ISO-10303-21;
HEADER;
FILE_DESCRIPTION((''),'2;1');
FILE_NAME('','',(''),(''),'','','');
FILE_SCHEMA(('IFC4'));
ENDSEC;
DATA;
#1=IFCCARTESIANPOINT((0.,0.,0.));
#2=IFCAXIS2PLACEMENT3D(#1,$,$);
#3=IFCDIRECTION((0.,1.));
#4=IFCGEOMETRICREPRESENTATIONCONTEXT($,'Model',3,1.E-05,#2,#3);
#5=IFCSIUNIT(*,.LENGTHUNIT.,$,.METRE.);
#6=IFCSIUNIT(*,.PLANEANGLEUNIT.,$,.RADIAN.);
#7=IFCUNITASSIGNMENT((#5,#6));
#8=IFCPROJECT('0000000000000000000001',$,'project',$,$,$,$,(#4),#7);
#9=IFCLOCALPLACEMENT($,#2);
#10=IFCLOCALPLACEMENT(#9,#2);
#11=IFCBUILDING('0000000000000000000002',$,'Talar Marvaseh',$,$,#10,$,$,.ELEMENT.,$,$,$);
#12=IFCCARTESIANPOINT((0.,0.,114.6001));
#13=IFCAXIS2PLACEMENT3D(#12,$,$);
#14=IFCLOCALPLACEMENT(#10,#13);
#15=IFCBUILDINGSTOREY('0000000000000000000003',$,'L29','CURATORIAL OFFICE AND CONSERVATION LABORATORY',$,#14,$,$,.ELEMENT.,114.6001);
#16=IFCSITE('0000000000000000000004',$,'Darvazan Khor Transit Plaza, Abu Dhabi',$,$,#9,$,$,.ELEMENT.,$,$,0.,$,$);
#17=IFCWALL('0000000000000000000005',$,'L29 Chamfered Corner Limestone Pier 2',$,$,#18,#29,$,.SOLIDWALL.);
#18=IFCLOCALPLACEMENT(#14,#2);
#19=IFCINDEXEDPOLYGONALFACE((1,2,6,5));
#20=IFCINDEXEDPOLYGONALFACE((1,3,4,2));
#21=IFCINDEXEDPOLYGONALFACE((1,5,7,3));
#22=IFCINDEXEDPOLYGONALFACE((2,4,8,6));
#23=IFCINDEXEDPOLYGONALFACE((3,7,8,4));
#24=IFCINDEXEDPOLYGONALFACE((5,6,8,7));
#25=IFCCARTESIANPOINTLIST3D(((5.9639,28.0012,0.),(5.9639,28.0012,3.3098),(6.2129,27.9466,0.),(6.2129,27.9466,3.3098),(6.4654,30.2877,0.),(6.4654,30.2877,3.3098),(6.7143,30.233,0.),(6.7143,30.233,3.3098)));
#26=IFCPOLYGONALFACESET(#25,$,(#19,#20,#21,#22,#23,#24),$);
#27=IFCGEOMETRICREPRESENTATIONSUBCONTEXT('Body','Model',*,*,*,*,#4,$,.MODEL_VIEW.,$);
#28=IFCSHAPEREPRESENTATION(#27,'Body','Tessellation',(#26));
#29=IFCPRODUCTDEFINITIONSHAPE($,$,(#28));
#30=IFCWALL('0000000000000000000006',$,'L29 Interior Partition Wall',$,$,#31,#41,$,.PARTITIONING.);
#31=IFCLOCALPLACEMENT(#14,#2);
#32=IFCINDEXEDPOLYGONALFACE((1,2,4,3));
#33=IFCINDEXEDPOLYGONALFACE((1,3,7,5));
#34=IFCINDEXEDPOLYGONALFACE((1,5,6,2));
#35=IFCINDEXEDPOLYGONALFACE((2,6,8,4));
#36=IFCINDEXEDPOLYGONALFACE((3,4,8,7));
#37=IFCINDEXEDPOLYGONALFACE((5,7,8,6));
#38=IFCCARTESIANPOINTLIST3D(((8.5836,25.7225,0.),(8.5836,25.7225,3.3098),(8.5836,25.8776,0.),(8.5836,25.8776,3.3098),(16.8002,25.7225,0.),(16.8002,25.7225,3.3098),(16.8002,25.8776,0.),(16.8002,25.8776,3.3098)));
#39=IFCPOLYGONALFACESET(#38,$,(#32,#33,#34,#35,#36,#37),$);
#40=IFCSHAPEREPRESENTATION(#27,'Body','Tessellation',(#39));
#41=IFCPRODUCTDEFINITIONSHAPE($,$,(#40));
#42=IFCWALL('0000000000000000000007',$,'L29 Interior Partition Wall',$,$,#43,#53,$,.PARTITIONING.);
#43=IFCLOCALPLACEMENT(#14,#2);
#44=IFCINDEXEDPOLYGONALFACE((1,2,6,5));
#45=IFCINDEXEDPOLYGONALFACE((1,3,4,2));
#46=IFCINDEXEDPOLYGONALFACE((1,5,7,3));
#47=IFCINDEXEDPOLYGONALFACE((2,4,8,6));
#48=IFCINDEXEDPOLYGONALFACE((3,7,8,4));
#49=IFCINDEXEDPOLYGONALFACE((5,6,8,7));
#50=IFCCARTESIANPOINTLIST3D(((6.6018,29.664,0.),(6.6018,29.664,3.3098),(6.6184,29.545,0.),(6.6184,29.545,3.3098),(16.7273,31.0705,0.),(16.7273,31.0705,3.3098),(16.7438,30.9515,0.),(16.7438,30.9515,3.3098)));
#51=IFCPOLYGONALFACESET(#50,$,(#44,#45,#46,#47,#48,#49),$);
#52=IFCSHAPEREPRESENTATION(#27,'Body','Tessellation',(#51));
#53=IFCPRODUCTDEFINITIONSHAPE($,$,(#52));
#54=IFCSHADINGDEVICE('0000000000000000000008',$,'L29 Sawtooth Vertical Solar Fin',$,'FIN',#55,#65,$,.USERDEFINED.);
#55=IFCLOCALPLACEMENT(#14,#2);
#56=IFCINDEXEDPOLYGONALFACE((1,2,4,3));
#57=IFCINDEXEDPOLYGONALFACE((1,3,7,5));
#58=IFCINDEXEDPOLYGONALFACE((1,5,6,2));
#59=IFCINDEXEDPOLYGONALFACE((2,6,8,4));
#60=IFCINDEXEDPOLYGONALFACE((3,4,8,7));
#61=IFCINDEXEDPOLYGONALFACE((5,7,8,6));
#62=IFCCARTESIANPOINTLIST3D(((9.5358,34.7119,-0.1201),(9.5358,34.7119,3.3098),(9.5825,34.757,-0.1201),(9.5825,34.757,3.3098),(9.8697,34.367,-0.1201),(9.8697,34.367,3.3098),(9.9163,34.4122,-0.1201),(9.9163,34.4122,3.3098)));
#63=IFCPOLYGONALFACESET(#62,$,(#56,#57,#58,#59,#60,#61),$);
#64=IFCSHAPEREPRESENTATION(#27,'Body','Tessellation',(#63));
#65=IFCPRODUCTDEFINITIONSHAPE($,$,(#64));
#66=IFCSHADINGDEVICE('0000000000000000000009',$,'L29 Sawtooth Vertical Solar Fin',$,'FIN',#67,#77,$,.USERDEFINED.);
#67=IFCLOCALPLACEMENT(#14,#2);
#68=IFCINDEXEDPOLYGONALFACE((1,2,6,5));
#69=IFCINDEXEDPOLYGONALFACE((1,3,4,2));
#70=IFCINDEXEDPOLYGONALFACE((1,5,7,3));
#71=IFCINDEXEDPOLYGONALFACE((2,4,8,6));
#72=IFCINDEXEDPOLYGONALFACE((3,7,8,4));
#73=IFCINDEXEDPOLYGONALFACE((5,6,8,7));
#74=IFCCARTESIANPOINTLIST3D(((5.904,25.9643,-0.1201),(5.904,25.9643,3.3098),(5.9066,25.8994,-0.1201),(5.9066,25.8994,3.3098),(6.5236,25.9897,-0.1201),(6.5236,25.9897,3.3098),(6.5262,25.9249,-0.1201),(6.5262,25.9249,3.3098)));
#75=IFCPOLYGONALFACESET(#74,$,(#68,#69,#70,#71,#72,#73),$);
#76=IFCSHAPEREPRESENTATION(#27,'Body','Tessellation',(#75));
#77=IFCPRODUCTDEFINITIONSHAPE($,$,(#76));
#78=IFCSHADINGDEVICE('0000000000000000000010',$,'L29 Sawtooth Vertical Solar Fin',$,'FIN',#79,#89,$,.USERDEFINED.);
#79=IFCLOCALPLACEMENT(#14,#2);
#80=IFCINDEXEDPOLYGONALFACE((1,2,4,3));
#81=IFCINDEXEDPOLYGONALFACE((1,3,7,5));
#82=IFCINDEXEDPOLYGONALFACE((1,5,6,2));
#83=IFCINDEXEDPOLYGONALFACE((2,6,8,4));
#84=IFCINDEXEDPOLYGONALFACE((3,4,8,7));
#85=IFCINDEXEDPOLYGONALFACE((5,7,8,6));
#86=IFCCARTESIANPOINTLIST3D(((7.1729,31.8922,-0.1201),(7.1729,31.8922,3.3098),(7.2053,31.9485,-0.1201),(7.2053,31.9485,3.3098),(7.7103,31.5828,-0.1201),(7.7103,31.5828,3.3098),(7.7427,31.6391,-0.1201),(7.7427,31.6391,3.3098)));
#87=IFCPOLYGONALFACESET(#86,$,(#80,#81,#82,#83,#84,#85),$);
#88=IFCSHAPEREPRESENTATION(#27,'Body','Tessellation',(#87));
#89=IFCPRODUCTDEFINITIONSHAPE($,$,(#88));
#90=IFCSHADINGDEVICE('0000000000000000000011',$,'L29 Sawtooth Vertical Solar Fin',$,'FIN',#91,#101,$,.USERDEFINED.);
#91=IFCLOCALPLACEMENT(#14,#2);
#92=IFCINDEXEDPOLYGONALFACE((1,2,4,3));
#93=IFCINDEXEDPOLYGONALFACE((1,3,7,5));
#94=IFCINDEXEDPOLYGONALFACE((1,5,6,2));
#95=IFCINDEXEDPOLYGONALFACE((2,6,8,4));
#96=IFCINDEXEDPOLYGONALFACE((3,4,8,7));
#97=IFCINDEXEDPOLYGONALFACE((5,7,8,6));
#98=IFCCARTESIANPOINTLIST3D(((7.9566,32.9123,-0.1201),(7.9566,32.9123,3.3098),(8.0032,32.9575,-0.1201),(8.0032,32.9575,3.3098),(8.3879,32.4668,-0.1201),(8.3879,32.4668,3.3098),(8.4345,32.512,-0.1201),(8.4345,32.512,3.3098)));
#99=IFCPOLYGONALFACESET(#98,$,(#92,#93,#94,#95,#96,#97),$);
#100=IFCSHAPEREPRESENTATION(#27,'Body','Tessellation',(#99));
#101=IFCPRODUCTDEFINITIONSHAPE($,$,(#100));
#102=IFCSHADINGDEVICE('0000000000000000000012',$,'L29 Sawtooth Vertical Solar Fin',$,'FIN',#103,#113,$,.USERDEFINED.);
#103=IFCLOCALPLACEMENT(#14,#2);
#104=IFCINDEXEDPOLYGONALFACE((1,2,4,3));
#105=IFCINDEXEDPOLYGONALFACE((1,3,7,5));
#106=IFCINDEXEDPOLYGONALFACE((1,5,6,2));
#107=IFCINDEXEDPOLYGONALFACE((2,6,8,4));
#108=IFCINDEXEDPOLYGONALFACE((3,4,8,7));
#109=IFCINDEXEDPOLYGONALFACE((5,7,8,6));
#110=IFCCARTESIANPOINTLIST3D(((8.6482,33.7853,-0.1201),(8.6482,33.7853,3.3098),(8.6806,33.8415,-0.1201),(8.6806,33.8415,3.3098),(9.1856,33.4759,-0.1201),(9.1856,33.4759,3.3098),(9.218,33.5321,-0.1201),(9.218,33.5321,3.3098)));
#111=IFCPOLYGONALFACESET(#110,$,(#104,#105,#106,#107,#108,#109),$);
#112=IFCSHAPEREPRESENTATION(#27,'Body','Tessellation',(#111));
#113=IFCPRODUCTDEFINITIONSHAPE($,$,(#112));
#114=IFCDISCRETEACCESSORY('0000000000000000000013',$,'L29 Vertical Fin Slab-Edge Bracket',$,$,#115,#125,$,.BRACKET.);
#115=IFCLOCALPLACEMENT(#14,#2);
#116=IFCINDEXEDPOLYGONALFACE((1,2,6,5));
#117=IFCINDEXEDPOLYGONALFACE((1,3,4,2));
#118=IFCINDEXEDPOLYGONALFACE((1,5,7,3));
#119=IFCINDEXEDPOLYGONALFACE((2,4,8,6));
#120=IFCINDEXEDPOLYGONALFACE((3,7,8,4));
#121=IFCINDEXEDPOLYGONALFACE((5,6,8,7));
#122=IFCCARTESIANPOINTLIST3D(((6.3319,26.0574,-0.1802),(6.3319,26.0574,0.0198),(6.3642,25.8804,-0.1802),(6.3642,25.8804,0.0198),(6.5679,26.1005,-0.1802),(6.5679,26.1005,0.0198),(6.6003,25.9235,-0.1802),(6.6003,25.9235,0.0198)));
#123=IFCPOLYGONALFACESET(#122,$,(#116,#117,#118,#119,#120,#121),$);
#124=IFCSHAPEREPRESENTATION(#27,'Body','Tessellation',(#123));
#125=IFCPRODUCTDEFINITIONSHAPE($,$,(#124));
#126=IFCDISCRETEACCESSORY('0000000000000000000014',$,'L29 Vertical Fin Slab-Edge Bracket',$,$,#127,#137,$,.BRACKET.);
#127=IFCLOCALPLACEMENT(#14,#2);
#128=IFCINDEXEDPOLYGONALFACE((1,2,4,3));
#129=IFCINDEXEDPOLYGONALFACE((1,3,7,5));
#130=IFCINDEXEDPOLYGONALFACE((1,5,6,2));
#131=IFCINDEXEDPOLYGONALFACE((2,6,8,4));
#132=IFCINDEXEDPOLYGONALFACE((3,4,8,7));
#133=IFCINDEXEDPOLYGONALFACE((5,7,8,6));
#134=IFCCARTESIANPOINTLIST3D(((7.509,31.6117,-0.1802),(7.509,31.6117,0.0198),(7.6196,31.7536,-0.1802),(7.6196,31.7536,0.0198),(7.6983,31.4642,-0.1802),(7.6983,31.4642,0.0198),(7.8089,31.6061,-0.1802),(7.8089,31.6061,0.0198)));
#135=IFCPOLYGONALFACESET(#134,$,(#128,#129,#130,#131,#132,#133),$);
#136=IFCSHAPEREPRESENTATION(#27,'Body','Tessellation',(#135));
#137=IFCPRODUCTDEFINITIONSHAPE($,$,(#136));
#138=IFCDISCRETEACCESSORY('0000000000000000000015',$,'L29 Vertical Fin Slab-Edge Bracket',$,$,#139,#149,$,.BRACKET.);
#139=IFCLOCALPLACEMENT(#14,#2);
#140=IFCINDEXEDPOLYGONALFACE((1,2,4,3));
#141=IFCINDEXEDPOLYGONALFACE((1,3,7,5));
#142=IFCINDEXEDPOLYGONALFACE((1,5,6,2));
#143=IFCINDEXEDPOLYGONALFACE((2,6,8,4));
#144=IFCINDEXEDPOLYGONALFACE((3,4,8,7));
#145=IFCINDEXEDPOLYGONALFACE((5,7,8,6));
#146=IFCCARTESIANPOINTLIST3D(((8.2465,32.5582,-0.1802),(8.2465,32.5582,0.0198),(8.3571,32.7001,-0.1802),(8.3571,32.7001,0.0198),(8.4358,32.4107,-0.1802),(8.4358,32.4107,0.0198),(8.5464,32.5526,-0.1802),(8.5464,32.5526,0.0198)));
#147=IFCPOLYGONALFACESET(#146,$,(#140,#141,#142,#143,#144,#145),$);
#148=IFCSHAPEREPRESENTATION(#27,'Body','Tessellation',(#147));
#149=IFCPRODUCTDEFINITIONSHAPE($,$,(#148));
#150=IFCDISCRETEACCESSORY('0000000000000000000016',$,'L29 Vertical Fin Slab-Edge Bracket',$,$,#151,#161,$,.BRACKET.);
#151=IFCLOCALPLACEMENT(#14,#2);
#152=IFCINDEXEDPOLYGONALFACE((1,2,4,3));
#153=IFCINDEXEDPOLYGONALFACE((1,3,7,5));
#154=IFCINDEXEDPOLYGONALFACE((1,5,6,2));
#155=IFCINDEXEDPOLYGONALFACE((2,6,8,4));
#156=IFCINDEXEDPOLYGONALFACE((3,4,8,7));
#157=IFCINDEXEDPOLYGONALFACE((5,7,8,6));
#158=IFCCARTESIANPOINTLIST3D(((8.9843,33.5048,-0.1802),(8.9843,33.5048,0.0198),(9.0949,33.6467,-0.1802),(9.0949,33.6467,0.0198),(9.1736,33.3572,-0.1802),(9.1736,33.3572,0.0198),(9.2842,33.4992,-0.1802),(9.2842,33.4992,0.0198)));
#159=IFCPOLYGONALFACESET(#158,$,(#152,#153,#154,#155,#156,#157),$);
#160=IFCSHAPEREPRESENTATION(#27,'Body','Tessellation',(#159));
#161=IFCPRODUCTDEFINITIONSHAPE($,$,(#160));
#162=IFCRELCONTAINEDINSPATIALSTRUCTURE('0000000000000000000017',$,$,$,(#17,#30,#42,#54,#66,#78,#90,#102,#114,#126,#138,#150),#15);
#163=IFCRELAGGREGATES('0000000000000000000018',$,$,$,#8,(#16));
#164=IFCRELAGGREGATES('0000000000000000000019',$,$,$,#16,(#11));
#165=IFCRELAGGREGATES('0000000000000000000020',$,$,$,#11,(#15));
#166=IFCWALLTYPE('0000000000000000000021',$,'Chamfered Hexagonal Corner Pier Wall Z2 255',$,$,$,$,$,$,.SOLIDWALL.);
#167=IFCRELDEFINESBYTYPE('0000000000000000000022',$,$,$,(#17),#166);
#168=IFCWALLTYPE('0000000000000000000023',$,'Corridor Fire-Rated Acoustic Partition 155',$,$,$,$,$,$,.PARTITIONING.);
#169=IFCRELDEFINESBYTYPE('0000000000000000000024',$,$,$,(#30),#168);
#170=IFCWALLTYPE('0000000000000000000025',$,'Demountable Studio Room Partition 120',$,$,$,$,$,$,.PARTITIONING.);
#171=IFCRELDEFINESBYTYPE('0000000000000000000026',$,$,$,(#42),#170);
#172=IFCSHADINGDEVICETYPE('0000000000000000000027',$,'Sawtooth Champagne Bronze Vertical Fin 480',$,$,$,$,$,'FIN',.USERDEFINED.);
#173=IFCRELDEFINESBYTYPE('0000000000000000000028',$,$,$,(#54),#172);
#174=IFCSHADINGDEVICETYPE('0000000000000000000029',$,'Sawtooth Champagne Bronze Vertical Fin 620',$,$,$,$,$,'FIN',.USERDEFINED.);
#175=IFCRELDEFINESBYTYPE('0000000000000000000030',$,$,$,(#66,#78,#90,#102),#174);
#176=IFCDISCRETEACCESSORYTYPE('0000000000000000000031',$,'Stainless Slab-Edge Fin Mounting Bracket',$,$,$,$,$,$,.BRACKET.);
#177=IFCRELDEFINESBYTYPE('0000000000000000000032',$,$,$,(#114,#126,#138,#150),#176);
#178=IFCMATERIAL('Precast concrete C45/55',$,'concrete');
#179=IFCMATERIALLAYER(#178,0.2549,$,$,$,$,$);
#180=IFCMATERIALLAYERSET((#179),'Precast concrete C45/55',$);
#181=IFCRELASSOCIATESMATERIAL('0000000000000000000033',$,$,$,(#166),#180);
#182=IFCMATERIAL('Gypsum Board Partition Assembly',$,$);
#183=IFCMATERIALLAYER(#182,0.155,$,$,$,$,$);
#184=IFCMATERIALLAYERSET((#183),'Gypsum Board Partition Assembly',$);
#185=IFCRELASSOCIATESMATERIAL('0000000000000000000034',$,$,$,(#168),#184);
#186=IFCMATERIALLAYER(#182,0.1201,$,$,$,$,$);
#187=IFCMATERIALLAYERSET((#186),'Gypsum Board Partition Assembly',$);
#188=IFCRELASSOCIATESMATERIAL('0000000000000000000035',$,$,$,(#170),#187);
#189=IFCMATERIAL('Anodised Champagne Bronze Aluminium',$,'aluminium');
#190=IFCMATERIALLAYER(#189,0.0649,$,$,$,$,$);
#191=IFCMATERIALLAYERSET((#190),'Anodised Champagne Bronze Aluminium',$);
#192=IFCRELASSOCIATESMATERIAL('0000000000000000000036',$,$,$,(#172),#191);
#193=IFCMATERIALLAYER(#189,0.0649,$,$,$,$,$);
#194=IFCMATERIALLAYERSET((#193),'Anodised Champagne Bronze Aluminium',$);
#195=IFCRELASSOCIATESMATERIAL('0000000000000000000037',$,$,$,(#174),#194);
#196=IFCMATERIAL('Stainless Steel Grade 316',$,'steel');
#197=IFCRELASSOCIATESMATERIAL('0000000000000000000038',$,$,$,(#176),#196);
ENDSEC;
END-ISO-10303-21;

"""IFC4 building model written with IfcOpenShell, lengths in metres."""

from ifc_helpers import new_model, si_unit, direction, frame, frame_2d, origin, origin_2d, place, context, subcontext, project, spatial, rectangle, extrude, source, transform, mapped, material, layer, layer_set, type_object, type_shapes, element, save


model = new_model("IFC4")

# Units and contexts
model_context = context("Model", 3, precision=1e-05, world=origin(), true_north=direction((0.0, 1.0)))
body_context = subcontext(model_context, "Body", "Model", "MODEL_VIEW")
ifc_project = project(units=[si_unit("LENGTHUNIT", "METRE"), si_unit("PLANEANGLEUNIT", "RADIAN")], contexts=[model_context])

# Site, building, storey
site_placement = place(None, origin())
site = spatial("IfcSite", under=ifc_project, at=site_placement, Name="Darvazan Khor Transit Plaza, Abu Dhabi", CompositionType="ELEMENT", RefElevation=0.0)
building_placement = place(site_placement, origin())
building = spatial("IfcBuilding", under=site, at=building_placement, Name="Talar Marvaseh", CompositionType="ELEMENT")
storey_placement = place(building_placement, frame((0.0, 0.0, 114.6001)))
storey = spatial("IfcBuildingStorey", under=building, at=storey_placement, Name="L29", Description="CURATORIAL OFFICE AND CONSERVATION LABORATORY", CompositionType="ELEMENT", Elevation=114.6001)

# Walls
ifc_material_1 = material(Name="Precast concrete C45/55", Category="concrete")
ifc_layer_1 = layer(ifc_material_1, 0.2549)
ifc_layer_set_1 = layer_set([ifc_layer_1], Name="Precast concrete C45/55")
wall_type_1 = type_object("IfcWallType", Name="Chamfered Hexagonal Corner Pier Wall Z2 255", PredefinedType="SOLIDWALL", material=ifc_layer_set_1)
wall_1_placement = place(storey_placement, frame((6.0884, 27.9739, 0.0), z_axis=(0.0, 0.0, 1.0), x_axis=(0.214235, 0.976782, 0.0)))
element("IfcWall", 1, at=wall_1_placement, inside=storey, type_object=wall_type_1, Name="L29 Chamfered Corner Limestone Pier 2", PredefinedType="SOLIDWALL", context=body_context, shape_type="SweptSolid", body=[
    extrude(rectangle(XDim=2.3408, YDim=0.2549, at=frame_2d((1.1704, 0.0))), origin(), (0.0, 0.0, 1.0), 3.3098),
])
ifc_material_2 = material(Name="Gypsum Board Partition Assembly")
ifc_layer_2 = layer(ifc_material_2, 0.155)
ifc_layer_set_2 = layer_set([ifc_layer_2], Name="Gypsum Board Partition Assembly")
wall_type_2 = type_object("IfcWallType", Name="Corridor Fire-Rated Acoustic Partition 155", PredefinedType="PARTITIONING", material=ifc_layer_set_2)
wall_2_placement = place(storey_placement, frame((8.5835, 25.8, 0.0), z_axis=(0.0, 0.0, 1.0), x_axis=(1.0, 0.0, 0.0)))
element("IfcWall", 2, at=wall_2_placement, inside=storey, type_object=wall_type_2, Name="L29 Interior Partition Wall", PredefinedType="PARTITIONING", context=body_context, shape_type="SweptSolid", body=[
    extrude(rectangle(XDim=8.2166, YDim=0.155, at=frame_2d((4.1084, 0.0))), origin(), (0.0, 0.0, 1.0), 3.3098),
])
ifc_layer_3 = layer(ifc_material_2, 0.1201)
ifc_layer_set_3 = layer_set([ifc_layer_3], Name="Gypsum Board Partition Assembly")
wall_type_3 = type_object("IfcWallType", Name="Demountable Studio Room Partition 120", PredefinedType="PARTITIONING", material=ifc_layer_set_3)
wall_3_placement = place(storey_placement, frame((6.6101, 29.6045, 0.0), z_axis=(0.0, 0.0, 1.0), x_axis=(0.99049, 0.137585, 0.0)))
element("IfcWall", 3, at=wall_3_placement, inside=storey, type_object=wall_type_3, Name="L29 Interior Partition Wall", PredefinedType="PARTITIONING", context=body_context, shape_type="SweptSolid", body=[
    extrude(rectangle(XDim=10.2227, YDim=0.1201, at=frame_2d((5.1113, 0.0))), origin(), (0.0, 0.0, 1.0), 3.3098),
])

# Shading devices
ifc_material_3 = material(Name="Anodised Champagne Bronze Aluminium", Category="aluminium")
ifc_layer_4 = layer(ifc_material_3, 0.0649)
ifc_layer_set_4 = layer_set([ifc_layer_4], Name="Anodised Champagne Bronze Aluminium")
shading_device_type_1 = type_object("IfcShadingDeviceType", Name="Sawtooth Champagne Bronze Vertical Fin 480", ElementType="FIN", PredefinedType="USERDEFINED", material=ifc_layer_set_4)
shared_shape_1 = source(origin(), body_context, "Body", "SweptSolid", [
    extrude(rectangle(XDim=0.48, YDim=0.0649, at=origin_2d()), origin(), (0.0, 0.0, 1.0), 3.4299),
])
type_shapes(shading_device_type_1, [shared_shape_1])
shading_device_placement = place(storey_placement, frame((9.7261, 34.562, -0.1201), z_axis=(0.0, 0.0, 1.0), x_axis=(-0.695537, 0.718491, 0.0)))
element("IfcShadingDevice", 4, at=shading_device_placement, inside=storey, type_object=shading_device_type_1, Name="L29 Sawtooth Vertical Solar Fin", ObjectType="FIN", PredefinedType="USERDEFINED", context=body_context, shape_type="MappedRepresentation", body=[
    mapped(shared_shape_1, transform((0.0, 0.0, 0.0), x_axis=(1.0, 0.0, 0.0), y_axis=(0.0, 1.0, 0.0), z_axis=(0.0, 0.0, 1.0), scale=1.0)),
])
ifc_layer_5 = layer(ifc_material_3, 0.0649)
ifc_layer_set_5 = layer_set([ifc_layer_5], Name="Anodised Champagne Bronze Aluminium")
shading_device_type_2 = type_object("IfcShadingDeviceType", Name="Sawtooth Champagne Bronze Vertical Fin 620", ElementType="FIN", PredefinedType="USERDEFINED", material=ifc_layer_set_5)
shared_shape_2 = source(origin(), body_context, "Body", "SweptSolid", [
    extrude(rectangle(XDim=0.6201, YDim=0.0649, at=origin_2d()), origin(), (0.0, 0.0, 1.0), 3.4299),
])
type_shapes(shading_device_type_2, [shared_shape_2])
for number, where, z_axis, x_axis, name in (
    (5, (6.2151, 25.9446, -0.1201), (0.0, 0.0, 1.0), (-0.999159, -0.041004, 0.0), "L29 Sawtooth Vertical Solar Fin"),
    (6, (7.4578, 31.7656, -0.1201), (0.0, 0.0, 1.0), (-0.866636, 0.498942, 0.0), "L29 Sawtooth Vertical Solar Fin"),
    (7, (8.1956, 32.7122, -0.1201), (0.0, 0.0, 1.0), (-0.695537, 0.718491, 0.0), "L29 Sawtooth Vertical Solar Fin"),
    (8, (8.9331, 33.6587, -0.1201), (0.0, 0.0, 1.0), (-0.866636, 0.498942, 0.0), "L29 Sawtooth Vertical Solar Fin"),
):
    element("IfcShadingDevice", number, at=place(storey_placement, frame(where, z_axis=z_axis, x_axis=x_axis)), inside=storey, type_object=shading_device_type_2, Name=name, ObjectType="FIN", PredefinedType="USERDEFINED", context=body_context, shape_type="MappedRepresentation", body=[
        mapped(shared_shape_2, transform((0.0, 0.0, 0.0), x_axis=(1.0, 0.0, 0.0), y_axis=(0.0, 1.0, 0.0), z_axis=(0.0, 0.0, 1.0), scale=1.0)),
    ])

# Discrete accessories
ifc_material_4 = material(Name="Stainless Steel Grade 316", Category="steel")
discrete_accessory_type = type_object("IfcDiscreteAccessoryType", Name="Stainless Slab-Edge Fin Mounting Bracket", PredefinedType="BRACKET", material=ifc_material_4)
shared_shape_3 = source(origin(), body_context, "Body", "SweptSolid", [
    extrude(rectangle(XDim=0.24, YDim=0.1799, at=origin_2d()), origin(), (0.0, 0.0, 1.0), 0.2),
])
type_shapes(discrete_accessory_type, [shared_shape_3])
for number, where, z_axis, x_axis, name in (
    (9, (6.4661, 25.9905, -0.1802), (0.0, 0.0, 1.0), (-0.983729, -0.179661, 0.0), "L29 Vertical Fin Slab-Edge Bracket"),
    (10, (7.6589, 31.6089, -0.1802), (0.0, 0.0, 1.0), (-0.788762, 0.614698, 0.0), "L29 Vertical Fin Slab-Edge Bracket"),
    (11, (8.3965, 32.5554, -0.1802), (0.0, 0.0, 1.0), (-0.788762, 0.614698, 0.0), "L29 Vertical Fin Slab-Edge Bracket"),
    (12, (9.1343, 33.502, -0.1802), (0.0, 0.0, 1.0), (-0.788762, 0.614698, 0.0), "L29 Vertical Fin Slab-Edge Bracket"),
):
    element("IfcDiscreteAccessory", number, at=place(storey_placement, frame(where, z_axis=z_axis, x_axis=x_axis)), inside=storey, type_object=discrete_accessory_type, Name=name, PredefinedType="BRACKET", context=body_context, shape_type="MappedRepresentation", body=[
        mapped(shared_shape_3, transform((0.0, 0.0, 0.0), x_axis=(1.0, 0.0, 0.0), y_axis=(0.0, 1.0, 0.0), z_axis=(0.0, 0.0, 1.0), scale=1.0)),
    ])

save(model, "model.ifc")
